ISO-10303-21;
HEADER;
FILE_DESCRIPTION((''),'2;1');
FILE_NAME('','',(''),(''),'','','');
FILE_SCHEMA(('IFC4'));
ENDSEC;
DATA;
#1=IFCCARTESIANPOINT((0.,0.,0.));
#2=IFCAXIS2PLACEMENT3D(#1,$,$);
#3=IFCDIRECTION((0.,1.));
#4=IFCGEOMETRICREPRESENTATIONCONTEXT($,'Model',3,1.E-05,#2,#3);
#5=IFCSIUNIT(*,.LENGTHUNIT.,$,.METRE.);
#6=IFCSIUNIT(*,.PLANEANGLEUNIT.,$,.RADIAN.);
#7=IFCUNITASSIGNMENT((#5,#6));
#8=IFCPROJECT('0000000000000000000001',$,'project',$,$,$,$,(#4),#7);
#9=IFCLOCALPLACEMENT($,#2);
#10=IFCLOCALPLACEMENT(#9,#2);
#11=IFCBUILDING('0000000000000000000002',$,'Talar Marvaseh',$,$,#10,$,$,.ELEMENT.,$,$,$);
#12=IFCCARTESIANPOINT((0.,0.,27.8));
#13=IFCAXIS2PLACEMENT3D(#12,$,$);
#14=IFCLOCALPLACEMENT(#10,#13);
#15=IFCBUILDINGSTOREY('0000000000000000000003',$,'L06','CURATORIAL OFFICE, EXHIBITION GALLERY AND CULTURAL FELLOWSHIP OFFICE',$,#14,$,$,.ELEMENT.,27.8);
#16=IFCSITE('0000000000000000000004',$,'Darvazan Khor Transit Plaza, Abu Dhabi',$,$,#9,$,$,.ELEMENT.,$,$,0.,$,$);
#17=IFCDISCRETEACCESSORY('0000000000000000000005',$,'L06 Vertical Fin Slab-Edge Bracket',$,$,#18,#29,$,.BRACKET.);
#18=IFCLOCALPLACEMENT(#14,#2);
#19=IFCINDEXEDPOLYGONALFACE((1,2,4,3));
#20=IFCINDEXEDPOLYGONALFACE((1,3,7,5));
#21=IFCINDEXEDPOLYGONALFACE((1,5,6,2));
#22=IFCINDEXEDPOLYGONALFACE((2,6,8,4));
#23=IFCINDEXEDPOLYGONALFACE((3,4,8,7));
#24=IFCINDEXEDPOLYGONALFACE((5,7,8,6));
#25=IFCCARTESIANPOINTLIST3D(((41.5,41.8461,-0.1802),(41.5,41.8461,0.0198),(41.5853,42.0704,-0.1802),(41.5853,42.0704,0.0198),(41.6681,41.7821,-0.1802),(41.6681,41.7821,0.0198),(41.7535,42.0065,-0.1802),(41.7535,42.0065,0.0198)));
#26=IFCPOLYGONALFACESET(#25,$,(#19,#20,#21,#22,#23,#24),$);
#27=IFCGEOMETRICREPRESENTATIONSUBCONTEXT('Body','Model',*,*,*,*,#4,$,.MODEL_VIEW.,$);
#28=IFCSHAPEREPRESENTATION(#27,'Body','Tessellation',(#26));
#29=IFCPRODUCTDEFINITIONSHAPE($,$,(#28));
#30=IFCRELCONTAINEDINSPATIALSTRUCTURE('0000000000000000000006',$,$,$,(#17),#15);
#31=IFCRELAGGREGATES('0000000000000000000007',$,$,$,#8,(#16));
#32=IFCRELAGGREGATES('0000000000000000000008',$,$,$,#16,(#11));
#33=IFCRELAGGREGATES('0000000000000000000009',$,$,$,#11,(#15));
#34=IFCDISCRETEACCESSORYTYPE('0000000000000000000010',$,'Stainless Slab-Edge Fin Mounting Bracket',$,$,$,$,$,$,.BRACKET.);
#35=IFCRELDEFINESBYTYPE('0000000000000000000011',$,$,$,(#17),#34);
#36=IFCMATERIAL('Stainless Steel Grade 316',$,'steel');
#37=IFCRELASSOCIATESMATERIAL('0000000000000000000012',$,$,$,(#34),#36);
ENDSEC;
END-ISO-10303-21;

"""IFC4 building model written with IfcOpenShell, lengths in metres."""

from ifc_helpers import new_model, si_unit, direction, frame, origin, origin_2d, place, context, subcontext, project, spatial, rectangle, extrude, source, transform, mapped, material, type_object, type_shapes, element, save


model = new_model("IFC4")

# Units and contexts
model_context = context("Model", 3, precision=1e-05, world=origin(), true_north=direction((0.0, 1.0)))
body_context = subcontext(model_context, "Body", "Model", "MODEL_VIEW")
ifc_project = project(units=[si_unit("LENGTHUNIT", "METRE"), si_unit("PLANEANGLEUNIT", "RADIAN")], contexts=[model_context])

# Site, building, storey
site_placement = place(None, origin())
site = spatial("IfcSite", under=ifc_project, at=site_placement, Name="Darvazan Khor Transit Plaza, Abu Dhabi", CompositionType="ELEMENT", RefElevation=0.0)
building_placement = place(site_placement, origin())
building = spatial("IfcBuilding", under=site, at=building_placement, Name="Talar Marvaseh", CompositionType="ELEMENT")
storey_placement = place(building_placement, frame((0.0, 0.0, 27.8)))
storey = spatial("IfcBuildingStorey", under=building, at=storey_placement, Name="L06", Description="CURATORIAL OFFICE, EXHIBITION GALLERY AND CULTURAL FELLOWSHIP OFFICE", CompositionType="ELEMENT", Elevation=27.8)

# Discrete accessory
ifc_material_1 = material(Name="Stainless Steel Grade 316", Category="steel")
discrete_accessory_type = type_object("IfcDiscreteAccessoryType", Name="Stainless Slab-Edge Fin Mounting Bracket", PredefinedType="BRACKET", material=ifc_material_1)
shared_shape_1 = source(origin(), body_context, "Body", "SweptSolid", [
    extrude(rectangle(XDim=0.24, YDim=0.1799, at=origin_2d()), origin(), (0.0, 0.0, 1.0), 0.2),
])
type_shapes(discrete_accessory_type, [shared_shape_1])
for number, where, z_axis, x_axis, name in (
    (1, (41.6267, 41.9263, -0.1802), (0.0, 0.0, 1.0), (0.355433, 0.934702, 0.0), "L06 Vertical Fin Slab-Edge Bracket"),
):
    element("IfcDiscreteAccessory", number, at=place(storey_placement, frame(where, z_axis=z_axis, x_axis=x_axis)), inside=storey, type_object=discrete_accessory_type, Name=name, PredefinedType="BRACKET", context=body_context, shape_type="MappedRepresentation", body=[
        mapped(shared_shape_1, transform((0.0, 0.0, 0.0), x_axis=(1.0, 0.0, 0.0), y_axis=(0.0, 1.0, 0.0), z_axis=(0.0, 0.0, 1.0), scale=1.0)),
    ])

save(model, "model.ifc")
